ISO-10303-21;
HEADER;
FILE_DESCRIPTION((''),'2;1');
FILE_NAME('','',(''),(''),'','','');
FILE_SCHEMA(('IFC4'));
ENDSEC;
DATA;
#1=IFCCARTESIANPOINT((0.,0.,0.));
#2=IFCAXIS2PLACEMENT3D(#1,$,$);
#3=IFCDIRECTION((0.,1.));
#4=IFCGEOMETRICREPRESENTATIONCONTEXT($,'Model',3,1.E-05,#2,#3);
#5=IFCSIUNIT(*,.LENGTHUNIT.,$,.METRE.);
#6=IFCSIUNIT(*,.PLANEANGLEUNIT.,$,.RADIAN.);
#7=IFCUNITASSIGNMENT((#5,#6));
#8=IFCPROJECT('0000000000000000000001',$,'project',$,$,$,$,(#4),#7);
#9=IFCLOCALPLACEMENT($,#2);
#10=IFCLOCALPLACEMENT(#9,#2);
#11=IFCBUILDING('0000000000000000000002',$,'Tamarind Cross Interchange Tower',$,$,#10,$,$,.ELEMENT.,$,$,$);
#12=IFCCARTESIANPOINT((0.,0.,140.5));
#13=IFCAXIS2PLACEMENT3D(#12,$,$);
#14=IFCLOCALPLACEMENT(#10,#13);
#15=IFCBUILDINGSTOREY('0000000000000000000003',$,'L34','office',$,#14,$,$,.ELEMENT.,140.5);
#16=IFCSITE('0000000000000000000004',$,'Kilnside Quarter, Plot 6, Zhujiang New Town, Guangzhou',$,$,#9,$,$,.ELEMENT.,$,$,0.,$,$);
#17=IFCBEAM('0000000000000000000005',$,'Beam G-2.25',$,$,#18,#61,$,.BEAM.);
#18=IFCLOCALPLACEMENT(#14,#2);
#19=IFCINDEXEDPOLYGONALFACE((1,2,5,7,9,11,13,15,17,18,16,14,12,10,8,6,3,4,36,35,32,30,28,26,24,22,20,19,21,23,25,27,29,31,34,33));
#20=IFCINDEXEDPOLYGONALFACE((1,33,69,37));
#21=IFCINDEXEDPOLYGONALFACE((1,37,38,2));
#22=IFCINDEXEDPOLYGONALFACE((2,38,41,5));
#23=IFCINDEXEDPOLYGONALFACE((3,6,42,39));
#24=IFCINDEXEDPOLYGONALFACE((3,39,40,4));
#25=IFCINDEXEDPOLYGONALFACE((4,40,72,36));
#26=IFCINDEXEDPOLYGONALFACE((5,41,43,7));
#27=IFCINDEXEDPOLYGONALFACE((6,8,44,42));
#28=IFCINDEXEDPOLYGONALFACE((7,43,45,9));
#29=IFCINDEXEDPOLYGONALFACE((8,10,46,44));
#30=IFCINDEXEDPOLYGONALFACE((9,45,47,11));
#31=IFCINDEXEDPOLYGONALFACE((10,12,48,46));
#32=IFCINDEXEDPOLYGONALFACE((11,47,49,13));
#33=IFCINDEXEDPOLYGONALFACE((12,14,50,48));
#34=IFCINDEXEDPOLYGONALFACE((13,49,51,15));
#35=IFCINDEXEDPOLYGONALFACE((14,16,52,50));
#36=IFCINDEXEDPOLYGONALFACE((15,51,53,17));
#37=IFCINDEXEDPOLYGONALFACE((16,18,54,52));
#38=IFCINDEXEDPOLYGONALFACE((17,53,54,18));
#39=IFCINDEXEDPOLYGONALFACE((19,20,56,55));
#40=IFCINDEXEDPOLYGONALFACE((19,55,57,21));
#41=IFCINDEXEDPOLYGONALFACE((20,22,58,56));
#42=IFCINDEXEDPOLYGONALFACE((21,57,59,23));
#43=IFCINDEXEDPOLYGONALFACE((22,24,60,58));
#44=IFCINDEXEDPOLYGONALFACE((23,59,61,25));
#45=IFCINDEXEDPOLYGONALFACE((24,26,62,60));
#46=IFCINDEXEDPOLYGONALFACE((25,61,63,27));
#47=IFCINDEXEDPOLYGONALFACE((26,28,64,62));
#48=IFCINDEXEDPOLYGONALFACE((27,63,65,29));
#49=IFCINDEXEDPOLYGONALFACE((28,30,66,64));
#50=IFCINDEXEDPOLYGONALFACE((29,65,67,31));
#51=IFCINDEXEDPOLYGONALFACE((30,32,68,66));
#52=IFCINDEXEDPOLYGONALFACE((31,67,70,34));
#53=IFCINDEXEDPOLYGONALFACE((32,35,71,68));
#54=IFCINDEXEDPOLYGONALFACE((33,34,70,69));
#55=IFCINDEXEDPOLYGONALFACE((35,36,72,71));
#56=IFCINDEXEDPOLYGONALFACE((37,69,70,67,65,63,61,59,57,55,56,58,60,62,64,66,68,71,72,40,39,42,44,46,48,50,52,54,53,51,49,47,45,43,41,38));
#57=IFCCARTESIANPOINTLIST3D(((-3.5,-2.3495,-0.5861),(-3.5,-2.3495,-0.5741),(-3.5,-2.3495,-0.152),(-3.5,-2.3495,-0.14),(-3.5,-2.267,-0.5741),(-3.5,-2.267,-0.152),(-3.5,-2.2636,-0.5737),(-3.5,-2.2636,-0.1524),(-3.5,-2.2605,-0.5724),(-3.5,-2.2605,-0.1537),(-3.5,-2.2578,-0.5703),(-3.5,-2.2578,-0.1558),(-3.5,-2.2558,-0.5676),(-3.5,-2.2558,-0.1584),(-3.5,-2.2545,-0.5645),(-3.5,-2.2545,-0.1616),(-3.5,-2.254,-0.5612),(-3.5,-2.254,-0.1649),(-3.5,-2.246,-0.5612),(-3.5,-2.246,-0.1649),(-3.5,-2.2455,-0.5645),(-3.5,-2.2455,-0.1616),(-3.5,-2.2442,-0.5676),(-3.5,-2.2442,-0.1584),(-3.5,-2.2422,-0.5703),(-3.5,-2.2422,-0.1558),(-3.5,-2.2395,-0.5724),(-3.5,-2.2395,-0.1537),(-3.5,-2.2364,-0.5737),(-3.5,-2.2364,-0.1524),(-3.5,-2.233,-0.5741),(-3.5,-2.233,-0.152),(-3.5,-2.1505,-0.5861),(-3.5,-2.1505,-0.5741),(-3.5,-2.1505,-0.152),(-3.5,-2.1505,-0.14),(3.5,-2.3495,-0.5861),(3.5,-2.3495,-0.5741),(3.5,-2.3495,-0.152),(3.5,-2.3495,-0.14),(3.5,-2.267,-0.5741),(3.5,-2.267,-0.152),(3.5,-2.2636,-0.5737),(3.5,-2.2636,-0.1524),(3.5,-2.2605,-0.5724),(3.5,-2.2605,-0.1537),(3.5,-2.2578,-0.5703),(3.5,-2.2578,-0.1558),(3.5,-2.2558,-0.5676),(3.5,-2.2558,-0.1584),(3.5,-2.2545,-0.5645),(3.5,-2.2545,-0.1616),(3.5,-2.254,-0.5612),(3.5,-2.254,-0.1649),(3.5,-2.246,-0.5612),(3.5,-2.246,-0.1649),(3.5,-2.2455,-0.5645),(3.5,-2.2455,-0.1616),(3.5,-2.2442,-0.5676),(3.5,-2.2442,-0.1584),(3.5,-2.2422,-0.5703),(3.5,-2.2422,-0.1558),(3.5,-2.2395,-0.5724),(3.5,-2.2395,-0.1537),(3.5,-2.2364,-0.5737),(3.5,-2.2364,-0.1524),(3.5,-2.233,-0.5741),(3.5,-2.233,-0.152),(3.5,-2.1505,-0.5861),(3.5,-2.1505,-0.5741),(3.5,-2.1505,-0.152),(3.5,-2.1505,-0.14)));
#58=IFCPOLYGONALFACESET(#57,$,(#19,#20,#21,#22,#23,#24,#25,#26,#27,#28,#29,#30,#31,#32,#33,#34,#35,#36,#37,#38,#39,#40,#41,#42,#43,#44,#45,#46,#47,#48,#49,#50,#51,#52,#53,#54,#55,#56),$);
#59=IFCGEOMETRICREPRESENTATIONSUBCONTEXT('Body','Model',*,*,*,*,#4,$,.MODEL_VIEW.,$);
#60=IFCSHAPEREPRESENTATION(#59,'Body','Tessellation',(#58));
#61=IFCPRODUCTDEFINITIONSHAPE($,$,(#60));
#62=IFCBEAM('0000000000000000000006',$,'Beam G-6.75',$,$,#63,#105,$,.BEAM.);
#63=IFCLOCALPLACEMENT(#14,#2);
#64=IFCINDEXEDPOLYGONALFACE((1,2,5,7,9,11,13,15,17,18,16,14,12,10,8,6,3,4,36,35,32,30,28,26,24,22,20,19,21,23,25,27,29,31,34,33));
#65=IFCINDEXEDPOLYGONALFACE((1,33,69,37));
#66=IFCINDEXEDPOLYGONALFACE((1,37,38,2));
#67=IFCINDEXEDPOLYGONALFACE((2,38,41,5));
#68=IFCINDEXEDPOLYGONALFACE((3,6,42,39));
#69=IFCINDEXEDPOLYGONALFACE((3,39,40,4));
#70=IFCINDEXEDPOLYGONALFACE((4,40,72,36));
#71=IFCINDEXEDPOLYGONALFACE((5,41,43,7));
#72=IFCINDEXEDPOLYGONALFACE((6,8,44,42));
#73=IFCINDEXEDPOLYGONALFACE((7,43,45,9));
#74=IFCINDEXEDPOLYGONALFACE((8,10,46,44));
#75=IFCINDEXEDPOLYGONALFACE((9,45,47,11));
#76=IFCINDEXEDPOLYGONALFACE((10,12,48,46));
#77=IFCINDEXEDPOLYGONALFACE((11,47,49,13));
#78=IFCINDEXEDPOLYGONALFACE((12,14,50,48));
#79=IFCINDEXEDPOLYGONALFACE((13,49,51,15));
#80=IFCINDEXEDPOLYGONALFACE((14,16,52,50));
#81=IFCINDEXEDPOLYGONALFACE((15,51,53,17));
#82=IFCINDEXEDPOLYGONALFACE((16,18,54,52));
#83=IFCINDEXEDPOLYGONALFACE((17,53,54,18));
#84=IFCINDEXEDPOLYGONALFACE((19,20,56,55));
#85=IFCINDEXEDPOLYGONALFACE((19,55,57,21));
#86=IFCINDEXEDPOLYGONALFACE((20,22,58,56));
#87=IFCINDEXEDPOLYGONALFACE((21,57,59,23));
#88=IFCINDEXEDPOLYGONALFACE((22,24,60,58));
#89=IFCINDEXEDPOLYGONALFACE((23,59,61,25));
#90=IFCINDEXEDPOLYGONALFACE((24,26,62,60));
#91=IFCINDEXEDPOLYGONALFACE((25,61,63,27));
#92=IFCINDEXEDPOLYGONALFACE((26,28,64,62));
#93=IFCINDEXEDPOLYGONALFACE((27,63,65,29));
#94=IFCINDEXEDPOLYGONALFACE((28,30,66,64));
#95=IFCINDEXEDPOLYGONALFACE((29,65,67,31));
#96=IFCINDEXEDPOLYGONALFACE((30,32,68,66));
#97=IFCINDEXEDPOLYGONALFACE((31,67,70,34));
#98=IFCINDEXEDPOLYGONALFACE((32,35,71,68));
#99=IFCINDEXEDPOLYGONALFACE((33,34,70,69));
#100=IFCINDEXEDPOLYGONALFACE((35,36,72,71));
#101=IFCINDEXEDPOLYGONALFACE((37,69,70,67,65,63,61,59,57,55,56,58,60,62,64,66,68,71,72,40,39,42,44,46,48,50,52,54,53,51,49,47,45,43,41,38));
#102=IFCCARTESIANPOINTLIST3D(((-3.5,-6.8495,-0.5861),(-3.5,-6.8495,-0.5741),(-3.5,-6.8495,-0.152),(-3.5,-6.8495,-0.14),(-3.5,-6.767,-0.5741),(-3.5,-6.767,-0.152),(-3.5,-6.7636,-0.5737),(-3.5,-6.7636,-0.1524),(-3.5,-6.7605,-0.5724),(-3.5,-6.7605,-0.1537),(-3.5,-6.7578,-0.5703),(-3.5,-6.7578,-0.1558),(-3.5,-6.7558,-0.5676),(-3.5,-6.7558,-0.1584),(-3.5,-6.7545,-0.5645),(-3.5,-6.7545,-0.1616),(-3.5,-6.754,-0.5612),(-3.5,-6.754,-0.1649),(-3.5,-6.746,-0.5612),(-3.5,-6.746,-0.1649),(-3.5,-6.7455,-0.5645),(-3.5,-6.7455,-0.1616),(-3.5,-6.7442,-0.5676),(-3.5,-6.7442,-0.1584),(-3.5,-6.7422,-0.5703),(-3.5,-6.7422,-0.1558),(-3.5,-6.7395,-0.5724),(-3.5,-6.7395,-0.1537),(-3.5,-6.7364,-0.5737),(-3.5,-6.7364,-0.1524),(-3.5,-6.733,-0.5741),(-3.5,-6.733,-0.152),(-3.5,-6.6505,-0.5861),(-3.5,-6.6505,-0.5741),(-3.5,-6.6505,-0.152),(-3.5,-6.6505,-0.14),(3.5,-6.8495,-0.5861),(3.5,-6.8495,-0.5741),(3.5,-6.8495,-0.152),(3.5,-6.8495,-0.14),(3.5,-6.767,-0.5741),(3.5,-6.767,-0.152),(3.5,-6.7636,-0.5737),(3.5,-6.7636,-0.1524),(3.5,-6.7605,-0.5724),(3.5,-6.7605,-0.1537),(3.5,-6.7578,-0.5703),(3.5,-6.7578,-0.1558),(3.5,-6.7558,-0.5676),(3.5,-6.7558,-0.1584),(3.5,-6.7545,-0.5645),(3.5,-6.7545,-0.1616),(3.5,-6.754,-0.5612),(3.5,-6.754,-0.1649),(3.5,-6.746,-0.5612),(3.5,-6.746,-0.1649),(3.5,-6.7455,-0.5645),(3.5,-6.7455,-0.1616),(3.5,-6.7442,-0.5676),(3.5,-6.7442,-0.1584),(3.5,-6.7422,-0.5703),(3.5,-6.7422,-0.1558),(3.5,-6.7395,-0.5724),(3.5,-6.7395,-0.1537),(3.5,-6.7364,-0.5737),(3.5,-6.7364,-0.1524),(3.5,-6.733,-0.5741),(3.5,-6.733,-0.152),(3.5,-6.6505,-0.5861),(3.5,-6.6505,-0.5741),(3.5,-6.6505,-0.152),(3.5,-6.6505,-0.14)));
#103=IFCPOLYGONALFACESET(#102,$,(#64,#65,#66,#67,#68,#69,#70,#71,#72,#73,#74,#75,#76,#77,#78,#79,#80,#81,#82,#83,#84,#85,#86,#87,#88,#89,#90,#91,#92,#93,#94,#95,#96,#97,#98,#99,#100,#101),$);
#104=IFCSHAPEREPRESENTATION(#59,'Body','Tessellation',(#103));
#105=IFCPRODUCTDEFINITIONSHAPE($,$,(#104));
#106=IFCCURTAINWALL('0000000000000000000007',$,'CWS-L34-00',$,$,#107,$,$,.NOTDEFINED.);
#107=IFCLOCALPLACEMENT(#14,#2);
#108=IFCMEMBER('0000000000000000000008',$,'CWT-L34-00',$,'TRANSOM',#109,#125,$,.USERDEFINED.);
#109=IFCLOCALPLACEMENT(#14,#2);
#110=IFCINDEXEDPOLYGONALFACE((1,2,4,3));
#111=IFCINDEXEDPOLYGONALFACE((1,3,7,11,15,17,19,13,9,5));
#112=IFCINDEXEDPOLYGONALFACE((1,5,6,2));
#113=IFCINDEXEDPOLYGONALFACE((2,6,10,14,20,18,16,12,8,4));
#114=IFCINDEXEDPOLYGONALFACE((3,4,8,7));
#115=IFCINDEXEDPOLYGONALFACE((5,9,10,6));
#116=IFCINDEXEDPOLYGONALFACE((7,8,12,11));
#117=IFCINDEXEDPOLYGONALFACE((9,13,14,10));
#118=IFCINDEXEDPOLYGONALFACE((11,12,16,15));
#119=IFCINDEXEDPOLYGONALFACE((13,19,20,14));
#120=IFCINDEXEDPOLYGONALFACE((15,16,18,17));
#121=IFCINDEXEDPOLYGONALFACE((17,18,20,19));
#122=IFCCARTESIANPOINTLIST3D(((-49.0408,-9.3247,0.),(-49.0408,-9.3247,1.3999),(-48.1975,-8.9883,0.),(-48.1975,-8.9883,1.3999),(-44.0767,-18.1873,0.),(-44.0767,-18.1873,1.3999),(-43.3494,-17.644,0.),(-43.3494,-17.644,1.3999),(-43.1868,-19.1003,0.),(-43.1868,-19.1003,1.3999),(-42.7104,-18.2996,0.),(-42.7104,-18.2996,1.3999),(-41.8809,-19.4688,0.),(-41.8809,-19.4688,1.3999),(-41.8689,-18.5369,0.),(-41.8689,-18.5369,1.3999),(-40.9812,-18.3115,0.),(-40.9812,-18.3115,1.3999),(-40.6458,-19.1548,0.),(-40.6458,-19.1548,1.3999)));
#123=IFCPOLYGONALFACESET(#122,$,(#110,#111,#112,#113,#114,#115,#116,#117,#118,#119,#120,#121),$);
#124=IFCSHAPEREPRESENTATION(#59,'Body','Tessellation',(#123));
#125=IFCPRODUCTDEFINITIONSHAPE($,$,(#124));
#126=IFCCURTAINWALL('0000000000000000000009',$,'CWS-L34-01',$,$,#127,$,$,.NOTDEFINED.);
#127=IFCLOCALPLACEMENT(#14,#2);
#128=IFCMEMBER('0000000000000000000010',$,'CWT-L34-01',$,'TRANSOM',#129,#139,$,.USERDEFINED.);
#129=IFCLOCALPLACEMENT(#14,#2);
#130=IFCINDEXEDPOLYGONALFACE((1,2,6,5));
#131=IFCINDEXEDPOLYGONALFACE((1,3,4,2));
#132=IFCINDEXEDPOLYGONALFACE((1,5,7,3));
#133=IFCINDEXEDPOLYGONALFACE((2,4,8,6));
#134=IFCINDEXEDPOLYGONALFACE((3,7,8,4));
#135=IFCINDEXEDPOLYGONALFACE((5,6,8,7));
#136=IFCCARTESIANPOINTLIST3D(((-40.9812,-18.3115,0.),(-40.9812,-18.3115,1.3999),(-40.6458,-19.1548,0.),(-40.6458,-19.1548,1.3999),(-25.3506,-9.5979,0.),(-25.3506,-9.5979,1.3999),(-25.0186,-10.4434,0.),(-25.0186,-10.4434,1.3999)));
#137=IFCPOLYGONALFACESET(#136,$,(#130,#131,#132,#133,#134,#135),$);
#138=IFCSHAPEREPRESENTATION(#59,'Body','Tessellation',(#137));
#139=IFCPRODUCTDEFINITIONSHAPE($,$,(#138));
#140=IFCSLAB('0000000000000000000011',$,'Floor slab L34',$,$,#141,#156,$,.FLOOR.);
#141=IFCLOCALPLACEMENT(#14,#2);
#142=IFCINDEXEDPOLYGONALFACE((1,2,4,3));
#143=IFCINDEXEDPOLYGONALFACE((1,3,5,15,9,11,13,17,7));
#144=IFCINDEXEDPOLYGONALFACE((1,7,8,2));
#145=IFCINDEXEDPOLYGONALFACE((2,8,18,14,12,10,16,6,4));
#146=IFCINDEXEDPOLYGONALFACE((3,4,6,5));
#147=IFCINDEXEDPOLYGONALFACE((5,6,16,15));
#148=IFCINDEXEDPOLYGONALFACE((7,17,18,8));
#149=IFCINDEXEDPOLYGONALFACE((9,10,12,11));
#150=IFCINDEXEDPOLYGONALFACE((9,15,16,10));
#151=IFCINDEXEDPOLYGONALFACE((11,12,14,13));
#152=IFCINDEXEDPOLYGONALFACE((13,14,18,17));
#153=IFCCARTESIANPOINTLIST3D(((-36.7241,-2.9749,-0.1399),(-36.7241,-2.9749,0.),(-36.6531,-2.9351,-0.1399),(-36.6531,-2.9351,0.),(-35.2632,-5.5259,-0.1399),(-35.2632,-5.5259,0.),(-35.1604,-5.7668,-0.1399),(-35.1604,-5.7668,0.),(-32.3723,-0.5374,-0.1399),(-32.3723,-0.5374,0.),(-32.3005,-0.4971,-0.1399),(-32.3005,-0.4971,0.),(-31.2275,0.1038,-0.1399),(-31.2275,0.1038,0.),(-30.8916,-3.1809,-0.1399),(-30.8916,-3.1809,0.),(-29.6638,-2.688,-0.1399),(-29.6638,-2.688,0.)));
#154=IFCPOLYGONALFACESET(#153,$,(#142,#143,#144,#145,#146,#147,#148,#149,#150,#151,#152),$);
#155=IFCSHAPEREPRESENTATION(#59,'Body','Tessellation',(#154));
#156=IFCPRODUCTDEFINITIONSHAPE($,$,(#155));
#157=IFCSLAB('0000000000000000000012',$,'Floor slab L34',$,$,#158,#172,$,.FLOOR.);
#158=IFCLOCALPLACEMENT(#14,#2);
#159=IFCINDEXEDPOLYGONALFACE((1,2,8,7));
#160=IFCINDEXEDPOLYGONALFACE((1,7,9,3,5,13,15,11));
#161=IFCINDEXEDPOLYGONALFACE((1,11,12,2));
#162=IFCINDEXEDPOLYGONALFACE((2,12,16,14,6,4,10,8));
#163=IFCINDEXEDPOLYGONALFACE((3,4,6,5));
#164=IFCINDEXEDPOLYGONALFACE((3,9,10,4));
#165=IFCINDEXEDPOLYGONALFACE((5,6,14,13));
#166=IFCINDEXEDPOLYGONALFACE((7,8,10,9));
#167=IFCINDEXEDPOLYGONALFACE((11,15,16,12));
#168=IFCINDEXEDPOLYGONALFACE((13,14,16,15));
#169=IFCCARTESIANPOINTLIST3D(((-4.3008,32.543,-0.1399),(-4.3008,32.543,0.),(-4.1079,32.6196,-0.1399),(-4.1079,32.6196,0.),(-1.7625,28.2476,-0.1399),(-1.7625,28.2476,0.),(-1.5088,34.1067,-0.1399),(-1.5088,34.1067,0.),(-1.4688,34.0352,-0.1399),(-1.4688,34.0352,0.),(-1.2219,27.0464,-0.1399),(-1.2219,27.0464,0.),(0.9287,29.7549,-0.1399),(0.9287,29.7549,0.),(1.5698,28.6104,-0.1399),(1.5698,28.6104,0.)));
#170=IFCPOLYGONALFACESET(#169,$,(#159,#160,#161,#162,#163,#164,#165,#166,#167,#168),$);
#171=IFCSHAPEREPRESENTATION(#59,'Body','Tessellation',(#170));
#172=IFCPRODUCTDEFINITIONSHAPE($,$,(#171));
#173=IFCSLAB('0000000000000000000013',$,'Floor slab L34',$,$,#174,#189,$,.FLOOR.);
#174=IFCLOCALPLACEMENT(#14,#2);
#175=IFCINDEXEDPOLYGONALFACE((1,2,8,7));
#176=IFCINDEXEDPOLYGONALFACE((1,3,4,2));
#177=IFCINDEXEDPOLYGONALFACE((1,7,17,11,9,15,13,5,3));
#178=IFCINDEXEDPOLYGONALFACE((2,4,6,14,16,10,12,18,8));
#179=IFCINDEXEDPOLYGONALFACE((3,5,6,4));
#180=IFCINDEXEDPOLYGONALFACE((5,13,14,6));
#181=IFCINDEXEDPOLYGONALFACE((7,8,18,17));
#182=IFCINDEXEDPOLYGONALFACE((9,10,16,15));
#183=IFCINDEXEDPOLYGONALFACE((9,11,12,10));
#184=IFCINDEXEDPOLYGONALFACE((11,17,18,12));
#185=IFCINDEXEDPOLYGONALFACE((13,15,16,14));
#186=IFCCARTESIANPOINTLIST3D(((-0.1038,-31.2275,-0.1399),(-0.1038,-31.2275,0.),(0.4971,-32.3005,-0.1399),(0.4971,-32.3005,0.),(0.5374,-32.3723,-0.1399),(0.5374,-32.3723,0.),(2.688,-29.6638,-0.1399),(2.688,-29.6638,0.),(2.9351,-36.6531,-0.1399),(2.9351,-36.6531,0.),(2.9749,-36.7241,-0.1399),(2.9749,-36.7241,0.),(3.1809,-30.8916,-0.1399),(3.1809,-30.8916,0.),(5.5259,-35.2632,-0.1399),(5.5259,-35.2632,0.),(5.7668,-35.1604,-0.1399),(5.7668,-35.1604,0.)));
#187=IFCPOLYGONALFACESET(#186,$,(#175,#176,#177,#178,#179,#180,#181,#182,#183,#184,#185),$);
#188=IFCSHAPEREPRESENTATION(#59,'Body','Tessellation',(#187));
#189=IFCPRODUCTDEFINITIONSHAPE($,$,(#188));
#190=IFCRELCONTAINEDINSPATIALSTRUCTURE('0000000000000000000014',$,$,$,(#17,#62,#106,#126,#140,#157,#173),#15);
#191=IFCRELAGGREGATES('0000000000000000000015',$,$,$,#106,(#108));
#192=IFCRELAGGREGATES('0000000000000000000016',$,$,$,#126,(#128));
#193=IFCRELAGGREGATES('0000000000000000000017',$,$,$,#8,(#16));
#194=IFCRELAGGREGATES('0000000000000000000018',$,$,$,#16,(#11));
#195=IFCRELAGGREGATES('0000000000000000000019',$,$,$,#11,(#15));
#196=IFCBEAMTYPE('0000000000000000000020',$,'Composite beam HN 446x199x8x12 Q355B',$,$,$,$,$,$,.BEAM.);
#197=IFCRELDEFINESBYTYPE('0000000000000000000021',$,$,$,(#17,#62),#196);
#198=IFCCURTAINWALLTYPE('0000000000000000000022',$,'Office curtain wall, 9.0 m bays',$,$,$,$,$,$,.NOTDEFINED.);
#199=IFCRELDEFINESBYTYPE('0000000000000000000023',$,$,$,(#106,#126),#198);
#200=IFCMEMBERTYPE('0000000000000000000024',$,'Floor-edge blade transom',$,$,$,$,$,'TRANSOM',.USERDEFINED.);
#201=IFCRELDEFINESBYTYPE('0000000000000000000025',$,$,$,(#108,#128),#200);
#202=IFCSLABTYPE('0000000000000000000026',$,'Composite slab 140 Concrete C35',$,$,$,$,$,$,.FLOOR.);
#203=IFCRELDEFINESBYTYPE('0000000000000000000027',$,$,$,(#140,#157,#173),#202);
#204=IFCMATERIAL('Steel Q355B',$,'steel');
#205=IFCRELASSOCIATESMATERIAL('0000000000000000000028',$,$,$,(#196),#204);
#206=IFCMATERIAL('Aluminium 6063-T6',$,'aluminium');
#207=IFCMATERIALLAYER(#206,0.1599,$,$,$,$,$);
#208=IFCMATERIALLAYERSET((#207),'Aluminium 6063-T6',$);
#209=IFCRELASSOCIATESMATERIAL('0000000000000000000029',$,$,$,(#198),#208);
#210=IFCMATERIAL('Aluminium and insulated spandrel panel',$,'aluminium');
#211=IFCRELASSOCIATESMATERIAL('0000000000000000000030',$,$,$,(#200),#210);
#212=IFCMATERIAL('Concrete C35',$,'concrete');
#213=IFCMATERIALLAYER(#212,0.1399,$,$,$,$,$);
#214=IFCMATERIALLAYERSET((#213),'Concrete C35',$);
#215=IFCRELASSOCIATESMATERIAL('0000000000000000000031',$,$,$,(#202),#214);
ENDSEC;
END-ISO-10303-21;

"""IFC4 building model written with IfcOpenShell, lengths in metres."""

from ifc_helpers import new_model, si_unit, direction, frame, origin, origin_2d, place, context, subcontext, project, spatial, polyline, i_section, outline, extrude, material, layer, layer_set, material_profile, profile_set, type_object, element, aggregate, save


model = new_model("IFC4")

# Units and contexts
model_context = context("Model", 3, precision=1e-05, world=origin(), true_north=direction((0.0, 1.0)))
body_context = subcontext(model_context, "Body", "Model", "MODEL_VIEW")
ifc_project = project(units=[si_unit("LENGTHUNIT", "METRE"), si_unit("PLANEANGLEUNIT", "RADIAN")], contexts=[model_context])

# Site, building, storey
site_placement = place(None, origin())
site = spatial("IfcSite", under=ifc_project, at=site_placement, Name="Kilnside Quarter, Plot 6, Zhujiang New Town, Guangzhou", CompositionType="ELEMENT", RefElevation=0.0)
building_placement = place(site_placement, origin())
building = spatial("IfcBuilding", under=site, at=building_placement, Name="Tamarind Cross Interchange Tower", CompositionType="ELEMENT")
storey_placement = place(building_placement, frame((0.0, 0.0, 140.5)))
storey = spatial("IfcBuildingStorey", under=building, at=storey_placement, Name="L34", Description="office", CompositionType="ELEMENT", Elevation=140.5)

# Beams
ifc_material_1 = material(Name="Steel Q355B", Category="steel")
ifc_material_profile = material_profile(ifc_material_1, i_section(OverallWidth=0.199, OverallDepth=0.446, WebThickness=0.0081, FlangeThickness=0.012, FilletRadius=0.0129, at=origin_2d()), Name="HN 446x199x8x12")
ifc_profile_set = profile_set([ifc_material_profile], Name="Steel Q355B")
beam_type = type_object("IfcBeamType", Name="Composite beam HN 446x199x8x12 Q355B", PredefinedType="BEAM", material=ifc_profile_set)
for number, where, z_axis, x_axis, name in (
    (1, (-3.5, -2.25, -0.363), (1.0, 0.0, 0.0), (0.0, 1.0, 0.0), "Beam G-2.25"),
    (2, (-3.5, -6.75, -0.363), (1.0, 0.0, 0.0), (0.0, 1.0, 0.0), "Beam G-6.75"),
):
    element("IfcBeam", number, at=place(storey_placement, frame(where, z_axis=z_axis, x_axis=x_axis)), inside=storey, type_object=beam_type, Name=name, PredefinedType="BEAM", context=body_context, shape_type="SweptSolid", body=[
        extrude(i_section(OverallWidth=0.199, OverallDepth=0.446, WebThickness=0.0081, FlangeThickness=0.012, FilletRadius=0.0129, at=origin_2d()), origin(), (0.0, 0.0, 1.0), 7.0),
    ])

# Curtain walls, members
ifc_material_2 = material(Name="Aluminium 6063-T6", Category="aluminium")
ifc_layer_1 = layer(ifc_material_2, 0.1599)
ifc_layer_set_1 = layer_set([ifc_layer_1], Name="Aluminium 6063-T6")
curtain_wall_type = type_object("IfcCurtainWallType", Name="Office curtain wall, 9.0 m bays", PredefinedType="NOTDEFINED", material=ifc_layer_set_1)
curtain_wall_1_placement = place(storey_placement, origin())
curtain_wall_1 = element("IfcCurtainWall", 3, at=curtain_wall_1_placement, inside=storey, type_object=curtain_wall_type, Name="CWS-L34-00", PredefinedType="NOTDEFINED")
ifc_material_3 = material(Name="Aluminium and insulated spandrel panel", Category="aluminium")
member_type = type_object("IfcMemberType", Name="Floor-edge blade transom", ElementType="TRANSOM", PredefinedType="USERDEFINED", material=ifc_material_3)
member_1_placement = place(storey_placement, origin())
member_1 = element("IfcMember", 4, at=member_1_placement, type_object=member_type, Name="CWT-L34-00", ObjectType="TRANSOM", PredefinedType="USERDEFINED", context=body_context, shape_type="SweptSolid", body=[
    extrude(outline(polyline([(-48.1975, -8.9883), (-43.3494, -17.644), (-42.7104, -18.2996), (-41.8689, -18.5369), (-40.9812, -18.3115), (-40.6458, -19.1548), (-41.8809, -19.4688), (-43.1868, -19.1003), (-44.0767, -18.1873), (-49.0408, -9.3247), (-48.1975, -8.9883)])), origin(), (0.0, 0.0, 1.0), 1.3999),
])
curtain_wall_2_placement = place(storey_placement, origin())
curtain_wall_2 = element("IfcCurtainWall", 5, at=curtain_wall_2_placement, inside=storey, type_object=curtain_wall_type, Name="CWS-L34-01", PredefinedType="NOTDEFINED")
member_2_placement = place(storey_placement, origin())
member_2 = element("IfcMember", 6, at=member_2_placement, type_object=member_type, Name="CWT-L34-01", ObjectType="TRANSOM", PredefinedType="USERDEFINED", context=body_context, shape_type="SweptSolid", body=[
    extrude(outline(polyline([(-40.9812, -18.3115), (-25.3506, -9.5979), (-25.0186, -10.4434), (-40.6458, -19.1548), (-40.9812, -18.3115)])), origin(), (0.0, 0.0, 1.0), 1.3999),
])

# Slabs
ifc_material_4 = material(Name="Concrete C35", Category="concrete")
ifc_layer_2 = layer(ifc_material_4, 0.1399)
ifc_layer_set_2 = layer_set([ifc_layer_2], Name="Concrete C35")
slab_type = type_object("IfcSlabType", Name="Composite slab 140 Concrete C35", PredefinedType="FLOOR", material=ifc_layer_set_2)
slab_1_placement = place(storey_placement, frame((0.0, 0.0, -0.1399)))
element("IfcSlab", 7, at=slab_1_placement, inside=storey, type_object=slab_type, Name="Floor slab L34", PredefinedType="FLOOR", context=body_context, shape_type="SweptSolid", body=[
    extrude(outline(polyline([(-36.7241, -2.9749), (-35.1604, -5.7668), (-29.6638, -2.688), (-31.2275, 0.1038), (-32.3005, -0.4971), (-32.3723, -0.5374), (-30.8916, -3.1809), (-35.2632, -5.5259), (-36.6531, -2.9351), (-36.7241, -2.9749)])), origin(), (0.0, 0.0, 1.0), 0.1399),
])
slab_2_placement = place(storey_placement, frame((0.0, 0.0, -0.1399)))
element("IfcSlab", 8, at=slab_2_placement, inside=storey, type_object=slab_type, Name="Floor slab L34", PredefinedType="FLOOR", context=body_context, shape_type="SweptSolid", body=[
    extrude(outline(polyline([(-4.1079, 32.6196), (-1.4688, 34.0352), (-1.5088, 34.1067), (-4.3008, 32.543), (-1.2219, 27.0464), (1.5698, 28.6104), (0.9287, 29.7549), (-1.7625, 28.2476), (-4.1079, 32.6196)])), origin(), (0.0, 0.0, 1.0), 0.1399),
])
slab_3_placement = place(storey_placement, frame((0.0, 0.0, -0.1399)))
element("IfcSlab", 9, at=slab_3_placement, inside=storey, type_object=slab_type, Name="Floor slab L34", PredefinedType="FLOOR", context=body_context, shape_type="SweptSolid", body=[
    extrude(outline(polyline([(2.9749, -36.7241), (5.7668, -35.1604), (2.688, -29.6638), (-0.1038, -31.2275), (0.4971, -32.3005), (0.5374, -32.3723), (3.1809, -30.8916), (5.5259, -35.2632), (2.9351, -36.6531), (2.9749, -36.7241)])), origin(), (0.0, 0.0, 1.0), 0.1399),
])

aggregate(curtain_wall_1, [member_1])
aggregate(curtain_wall_2, [member_2])

save(model, "model.ifc")
